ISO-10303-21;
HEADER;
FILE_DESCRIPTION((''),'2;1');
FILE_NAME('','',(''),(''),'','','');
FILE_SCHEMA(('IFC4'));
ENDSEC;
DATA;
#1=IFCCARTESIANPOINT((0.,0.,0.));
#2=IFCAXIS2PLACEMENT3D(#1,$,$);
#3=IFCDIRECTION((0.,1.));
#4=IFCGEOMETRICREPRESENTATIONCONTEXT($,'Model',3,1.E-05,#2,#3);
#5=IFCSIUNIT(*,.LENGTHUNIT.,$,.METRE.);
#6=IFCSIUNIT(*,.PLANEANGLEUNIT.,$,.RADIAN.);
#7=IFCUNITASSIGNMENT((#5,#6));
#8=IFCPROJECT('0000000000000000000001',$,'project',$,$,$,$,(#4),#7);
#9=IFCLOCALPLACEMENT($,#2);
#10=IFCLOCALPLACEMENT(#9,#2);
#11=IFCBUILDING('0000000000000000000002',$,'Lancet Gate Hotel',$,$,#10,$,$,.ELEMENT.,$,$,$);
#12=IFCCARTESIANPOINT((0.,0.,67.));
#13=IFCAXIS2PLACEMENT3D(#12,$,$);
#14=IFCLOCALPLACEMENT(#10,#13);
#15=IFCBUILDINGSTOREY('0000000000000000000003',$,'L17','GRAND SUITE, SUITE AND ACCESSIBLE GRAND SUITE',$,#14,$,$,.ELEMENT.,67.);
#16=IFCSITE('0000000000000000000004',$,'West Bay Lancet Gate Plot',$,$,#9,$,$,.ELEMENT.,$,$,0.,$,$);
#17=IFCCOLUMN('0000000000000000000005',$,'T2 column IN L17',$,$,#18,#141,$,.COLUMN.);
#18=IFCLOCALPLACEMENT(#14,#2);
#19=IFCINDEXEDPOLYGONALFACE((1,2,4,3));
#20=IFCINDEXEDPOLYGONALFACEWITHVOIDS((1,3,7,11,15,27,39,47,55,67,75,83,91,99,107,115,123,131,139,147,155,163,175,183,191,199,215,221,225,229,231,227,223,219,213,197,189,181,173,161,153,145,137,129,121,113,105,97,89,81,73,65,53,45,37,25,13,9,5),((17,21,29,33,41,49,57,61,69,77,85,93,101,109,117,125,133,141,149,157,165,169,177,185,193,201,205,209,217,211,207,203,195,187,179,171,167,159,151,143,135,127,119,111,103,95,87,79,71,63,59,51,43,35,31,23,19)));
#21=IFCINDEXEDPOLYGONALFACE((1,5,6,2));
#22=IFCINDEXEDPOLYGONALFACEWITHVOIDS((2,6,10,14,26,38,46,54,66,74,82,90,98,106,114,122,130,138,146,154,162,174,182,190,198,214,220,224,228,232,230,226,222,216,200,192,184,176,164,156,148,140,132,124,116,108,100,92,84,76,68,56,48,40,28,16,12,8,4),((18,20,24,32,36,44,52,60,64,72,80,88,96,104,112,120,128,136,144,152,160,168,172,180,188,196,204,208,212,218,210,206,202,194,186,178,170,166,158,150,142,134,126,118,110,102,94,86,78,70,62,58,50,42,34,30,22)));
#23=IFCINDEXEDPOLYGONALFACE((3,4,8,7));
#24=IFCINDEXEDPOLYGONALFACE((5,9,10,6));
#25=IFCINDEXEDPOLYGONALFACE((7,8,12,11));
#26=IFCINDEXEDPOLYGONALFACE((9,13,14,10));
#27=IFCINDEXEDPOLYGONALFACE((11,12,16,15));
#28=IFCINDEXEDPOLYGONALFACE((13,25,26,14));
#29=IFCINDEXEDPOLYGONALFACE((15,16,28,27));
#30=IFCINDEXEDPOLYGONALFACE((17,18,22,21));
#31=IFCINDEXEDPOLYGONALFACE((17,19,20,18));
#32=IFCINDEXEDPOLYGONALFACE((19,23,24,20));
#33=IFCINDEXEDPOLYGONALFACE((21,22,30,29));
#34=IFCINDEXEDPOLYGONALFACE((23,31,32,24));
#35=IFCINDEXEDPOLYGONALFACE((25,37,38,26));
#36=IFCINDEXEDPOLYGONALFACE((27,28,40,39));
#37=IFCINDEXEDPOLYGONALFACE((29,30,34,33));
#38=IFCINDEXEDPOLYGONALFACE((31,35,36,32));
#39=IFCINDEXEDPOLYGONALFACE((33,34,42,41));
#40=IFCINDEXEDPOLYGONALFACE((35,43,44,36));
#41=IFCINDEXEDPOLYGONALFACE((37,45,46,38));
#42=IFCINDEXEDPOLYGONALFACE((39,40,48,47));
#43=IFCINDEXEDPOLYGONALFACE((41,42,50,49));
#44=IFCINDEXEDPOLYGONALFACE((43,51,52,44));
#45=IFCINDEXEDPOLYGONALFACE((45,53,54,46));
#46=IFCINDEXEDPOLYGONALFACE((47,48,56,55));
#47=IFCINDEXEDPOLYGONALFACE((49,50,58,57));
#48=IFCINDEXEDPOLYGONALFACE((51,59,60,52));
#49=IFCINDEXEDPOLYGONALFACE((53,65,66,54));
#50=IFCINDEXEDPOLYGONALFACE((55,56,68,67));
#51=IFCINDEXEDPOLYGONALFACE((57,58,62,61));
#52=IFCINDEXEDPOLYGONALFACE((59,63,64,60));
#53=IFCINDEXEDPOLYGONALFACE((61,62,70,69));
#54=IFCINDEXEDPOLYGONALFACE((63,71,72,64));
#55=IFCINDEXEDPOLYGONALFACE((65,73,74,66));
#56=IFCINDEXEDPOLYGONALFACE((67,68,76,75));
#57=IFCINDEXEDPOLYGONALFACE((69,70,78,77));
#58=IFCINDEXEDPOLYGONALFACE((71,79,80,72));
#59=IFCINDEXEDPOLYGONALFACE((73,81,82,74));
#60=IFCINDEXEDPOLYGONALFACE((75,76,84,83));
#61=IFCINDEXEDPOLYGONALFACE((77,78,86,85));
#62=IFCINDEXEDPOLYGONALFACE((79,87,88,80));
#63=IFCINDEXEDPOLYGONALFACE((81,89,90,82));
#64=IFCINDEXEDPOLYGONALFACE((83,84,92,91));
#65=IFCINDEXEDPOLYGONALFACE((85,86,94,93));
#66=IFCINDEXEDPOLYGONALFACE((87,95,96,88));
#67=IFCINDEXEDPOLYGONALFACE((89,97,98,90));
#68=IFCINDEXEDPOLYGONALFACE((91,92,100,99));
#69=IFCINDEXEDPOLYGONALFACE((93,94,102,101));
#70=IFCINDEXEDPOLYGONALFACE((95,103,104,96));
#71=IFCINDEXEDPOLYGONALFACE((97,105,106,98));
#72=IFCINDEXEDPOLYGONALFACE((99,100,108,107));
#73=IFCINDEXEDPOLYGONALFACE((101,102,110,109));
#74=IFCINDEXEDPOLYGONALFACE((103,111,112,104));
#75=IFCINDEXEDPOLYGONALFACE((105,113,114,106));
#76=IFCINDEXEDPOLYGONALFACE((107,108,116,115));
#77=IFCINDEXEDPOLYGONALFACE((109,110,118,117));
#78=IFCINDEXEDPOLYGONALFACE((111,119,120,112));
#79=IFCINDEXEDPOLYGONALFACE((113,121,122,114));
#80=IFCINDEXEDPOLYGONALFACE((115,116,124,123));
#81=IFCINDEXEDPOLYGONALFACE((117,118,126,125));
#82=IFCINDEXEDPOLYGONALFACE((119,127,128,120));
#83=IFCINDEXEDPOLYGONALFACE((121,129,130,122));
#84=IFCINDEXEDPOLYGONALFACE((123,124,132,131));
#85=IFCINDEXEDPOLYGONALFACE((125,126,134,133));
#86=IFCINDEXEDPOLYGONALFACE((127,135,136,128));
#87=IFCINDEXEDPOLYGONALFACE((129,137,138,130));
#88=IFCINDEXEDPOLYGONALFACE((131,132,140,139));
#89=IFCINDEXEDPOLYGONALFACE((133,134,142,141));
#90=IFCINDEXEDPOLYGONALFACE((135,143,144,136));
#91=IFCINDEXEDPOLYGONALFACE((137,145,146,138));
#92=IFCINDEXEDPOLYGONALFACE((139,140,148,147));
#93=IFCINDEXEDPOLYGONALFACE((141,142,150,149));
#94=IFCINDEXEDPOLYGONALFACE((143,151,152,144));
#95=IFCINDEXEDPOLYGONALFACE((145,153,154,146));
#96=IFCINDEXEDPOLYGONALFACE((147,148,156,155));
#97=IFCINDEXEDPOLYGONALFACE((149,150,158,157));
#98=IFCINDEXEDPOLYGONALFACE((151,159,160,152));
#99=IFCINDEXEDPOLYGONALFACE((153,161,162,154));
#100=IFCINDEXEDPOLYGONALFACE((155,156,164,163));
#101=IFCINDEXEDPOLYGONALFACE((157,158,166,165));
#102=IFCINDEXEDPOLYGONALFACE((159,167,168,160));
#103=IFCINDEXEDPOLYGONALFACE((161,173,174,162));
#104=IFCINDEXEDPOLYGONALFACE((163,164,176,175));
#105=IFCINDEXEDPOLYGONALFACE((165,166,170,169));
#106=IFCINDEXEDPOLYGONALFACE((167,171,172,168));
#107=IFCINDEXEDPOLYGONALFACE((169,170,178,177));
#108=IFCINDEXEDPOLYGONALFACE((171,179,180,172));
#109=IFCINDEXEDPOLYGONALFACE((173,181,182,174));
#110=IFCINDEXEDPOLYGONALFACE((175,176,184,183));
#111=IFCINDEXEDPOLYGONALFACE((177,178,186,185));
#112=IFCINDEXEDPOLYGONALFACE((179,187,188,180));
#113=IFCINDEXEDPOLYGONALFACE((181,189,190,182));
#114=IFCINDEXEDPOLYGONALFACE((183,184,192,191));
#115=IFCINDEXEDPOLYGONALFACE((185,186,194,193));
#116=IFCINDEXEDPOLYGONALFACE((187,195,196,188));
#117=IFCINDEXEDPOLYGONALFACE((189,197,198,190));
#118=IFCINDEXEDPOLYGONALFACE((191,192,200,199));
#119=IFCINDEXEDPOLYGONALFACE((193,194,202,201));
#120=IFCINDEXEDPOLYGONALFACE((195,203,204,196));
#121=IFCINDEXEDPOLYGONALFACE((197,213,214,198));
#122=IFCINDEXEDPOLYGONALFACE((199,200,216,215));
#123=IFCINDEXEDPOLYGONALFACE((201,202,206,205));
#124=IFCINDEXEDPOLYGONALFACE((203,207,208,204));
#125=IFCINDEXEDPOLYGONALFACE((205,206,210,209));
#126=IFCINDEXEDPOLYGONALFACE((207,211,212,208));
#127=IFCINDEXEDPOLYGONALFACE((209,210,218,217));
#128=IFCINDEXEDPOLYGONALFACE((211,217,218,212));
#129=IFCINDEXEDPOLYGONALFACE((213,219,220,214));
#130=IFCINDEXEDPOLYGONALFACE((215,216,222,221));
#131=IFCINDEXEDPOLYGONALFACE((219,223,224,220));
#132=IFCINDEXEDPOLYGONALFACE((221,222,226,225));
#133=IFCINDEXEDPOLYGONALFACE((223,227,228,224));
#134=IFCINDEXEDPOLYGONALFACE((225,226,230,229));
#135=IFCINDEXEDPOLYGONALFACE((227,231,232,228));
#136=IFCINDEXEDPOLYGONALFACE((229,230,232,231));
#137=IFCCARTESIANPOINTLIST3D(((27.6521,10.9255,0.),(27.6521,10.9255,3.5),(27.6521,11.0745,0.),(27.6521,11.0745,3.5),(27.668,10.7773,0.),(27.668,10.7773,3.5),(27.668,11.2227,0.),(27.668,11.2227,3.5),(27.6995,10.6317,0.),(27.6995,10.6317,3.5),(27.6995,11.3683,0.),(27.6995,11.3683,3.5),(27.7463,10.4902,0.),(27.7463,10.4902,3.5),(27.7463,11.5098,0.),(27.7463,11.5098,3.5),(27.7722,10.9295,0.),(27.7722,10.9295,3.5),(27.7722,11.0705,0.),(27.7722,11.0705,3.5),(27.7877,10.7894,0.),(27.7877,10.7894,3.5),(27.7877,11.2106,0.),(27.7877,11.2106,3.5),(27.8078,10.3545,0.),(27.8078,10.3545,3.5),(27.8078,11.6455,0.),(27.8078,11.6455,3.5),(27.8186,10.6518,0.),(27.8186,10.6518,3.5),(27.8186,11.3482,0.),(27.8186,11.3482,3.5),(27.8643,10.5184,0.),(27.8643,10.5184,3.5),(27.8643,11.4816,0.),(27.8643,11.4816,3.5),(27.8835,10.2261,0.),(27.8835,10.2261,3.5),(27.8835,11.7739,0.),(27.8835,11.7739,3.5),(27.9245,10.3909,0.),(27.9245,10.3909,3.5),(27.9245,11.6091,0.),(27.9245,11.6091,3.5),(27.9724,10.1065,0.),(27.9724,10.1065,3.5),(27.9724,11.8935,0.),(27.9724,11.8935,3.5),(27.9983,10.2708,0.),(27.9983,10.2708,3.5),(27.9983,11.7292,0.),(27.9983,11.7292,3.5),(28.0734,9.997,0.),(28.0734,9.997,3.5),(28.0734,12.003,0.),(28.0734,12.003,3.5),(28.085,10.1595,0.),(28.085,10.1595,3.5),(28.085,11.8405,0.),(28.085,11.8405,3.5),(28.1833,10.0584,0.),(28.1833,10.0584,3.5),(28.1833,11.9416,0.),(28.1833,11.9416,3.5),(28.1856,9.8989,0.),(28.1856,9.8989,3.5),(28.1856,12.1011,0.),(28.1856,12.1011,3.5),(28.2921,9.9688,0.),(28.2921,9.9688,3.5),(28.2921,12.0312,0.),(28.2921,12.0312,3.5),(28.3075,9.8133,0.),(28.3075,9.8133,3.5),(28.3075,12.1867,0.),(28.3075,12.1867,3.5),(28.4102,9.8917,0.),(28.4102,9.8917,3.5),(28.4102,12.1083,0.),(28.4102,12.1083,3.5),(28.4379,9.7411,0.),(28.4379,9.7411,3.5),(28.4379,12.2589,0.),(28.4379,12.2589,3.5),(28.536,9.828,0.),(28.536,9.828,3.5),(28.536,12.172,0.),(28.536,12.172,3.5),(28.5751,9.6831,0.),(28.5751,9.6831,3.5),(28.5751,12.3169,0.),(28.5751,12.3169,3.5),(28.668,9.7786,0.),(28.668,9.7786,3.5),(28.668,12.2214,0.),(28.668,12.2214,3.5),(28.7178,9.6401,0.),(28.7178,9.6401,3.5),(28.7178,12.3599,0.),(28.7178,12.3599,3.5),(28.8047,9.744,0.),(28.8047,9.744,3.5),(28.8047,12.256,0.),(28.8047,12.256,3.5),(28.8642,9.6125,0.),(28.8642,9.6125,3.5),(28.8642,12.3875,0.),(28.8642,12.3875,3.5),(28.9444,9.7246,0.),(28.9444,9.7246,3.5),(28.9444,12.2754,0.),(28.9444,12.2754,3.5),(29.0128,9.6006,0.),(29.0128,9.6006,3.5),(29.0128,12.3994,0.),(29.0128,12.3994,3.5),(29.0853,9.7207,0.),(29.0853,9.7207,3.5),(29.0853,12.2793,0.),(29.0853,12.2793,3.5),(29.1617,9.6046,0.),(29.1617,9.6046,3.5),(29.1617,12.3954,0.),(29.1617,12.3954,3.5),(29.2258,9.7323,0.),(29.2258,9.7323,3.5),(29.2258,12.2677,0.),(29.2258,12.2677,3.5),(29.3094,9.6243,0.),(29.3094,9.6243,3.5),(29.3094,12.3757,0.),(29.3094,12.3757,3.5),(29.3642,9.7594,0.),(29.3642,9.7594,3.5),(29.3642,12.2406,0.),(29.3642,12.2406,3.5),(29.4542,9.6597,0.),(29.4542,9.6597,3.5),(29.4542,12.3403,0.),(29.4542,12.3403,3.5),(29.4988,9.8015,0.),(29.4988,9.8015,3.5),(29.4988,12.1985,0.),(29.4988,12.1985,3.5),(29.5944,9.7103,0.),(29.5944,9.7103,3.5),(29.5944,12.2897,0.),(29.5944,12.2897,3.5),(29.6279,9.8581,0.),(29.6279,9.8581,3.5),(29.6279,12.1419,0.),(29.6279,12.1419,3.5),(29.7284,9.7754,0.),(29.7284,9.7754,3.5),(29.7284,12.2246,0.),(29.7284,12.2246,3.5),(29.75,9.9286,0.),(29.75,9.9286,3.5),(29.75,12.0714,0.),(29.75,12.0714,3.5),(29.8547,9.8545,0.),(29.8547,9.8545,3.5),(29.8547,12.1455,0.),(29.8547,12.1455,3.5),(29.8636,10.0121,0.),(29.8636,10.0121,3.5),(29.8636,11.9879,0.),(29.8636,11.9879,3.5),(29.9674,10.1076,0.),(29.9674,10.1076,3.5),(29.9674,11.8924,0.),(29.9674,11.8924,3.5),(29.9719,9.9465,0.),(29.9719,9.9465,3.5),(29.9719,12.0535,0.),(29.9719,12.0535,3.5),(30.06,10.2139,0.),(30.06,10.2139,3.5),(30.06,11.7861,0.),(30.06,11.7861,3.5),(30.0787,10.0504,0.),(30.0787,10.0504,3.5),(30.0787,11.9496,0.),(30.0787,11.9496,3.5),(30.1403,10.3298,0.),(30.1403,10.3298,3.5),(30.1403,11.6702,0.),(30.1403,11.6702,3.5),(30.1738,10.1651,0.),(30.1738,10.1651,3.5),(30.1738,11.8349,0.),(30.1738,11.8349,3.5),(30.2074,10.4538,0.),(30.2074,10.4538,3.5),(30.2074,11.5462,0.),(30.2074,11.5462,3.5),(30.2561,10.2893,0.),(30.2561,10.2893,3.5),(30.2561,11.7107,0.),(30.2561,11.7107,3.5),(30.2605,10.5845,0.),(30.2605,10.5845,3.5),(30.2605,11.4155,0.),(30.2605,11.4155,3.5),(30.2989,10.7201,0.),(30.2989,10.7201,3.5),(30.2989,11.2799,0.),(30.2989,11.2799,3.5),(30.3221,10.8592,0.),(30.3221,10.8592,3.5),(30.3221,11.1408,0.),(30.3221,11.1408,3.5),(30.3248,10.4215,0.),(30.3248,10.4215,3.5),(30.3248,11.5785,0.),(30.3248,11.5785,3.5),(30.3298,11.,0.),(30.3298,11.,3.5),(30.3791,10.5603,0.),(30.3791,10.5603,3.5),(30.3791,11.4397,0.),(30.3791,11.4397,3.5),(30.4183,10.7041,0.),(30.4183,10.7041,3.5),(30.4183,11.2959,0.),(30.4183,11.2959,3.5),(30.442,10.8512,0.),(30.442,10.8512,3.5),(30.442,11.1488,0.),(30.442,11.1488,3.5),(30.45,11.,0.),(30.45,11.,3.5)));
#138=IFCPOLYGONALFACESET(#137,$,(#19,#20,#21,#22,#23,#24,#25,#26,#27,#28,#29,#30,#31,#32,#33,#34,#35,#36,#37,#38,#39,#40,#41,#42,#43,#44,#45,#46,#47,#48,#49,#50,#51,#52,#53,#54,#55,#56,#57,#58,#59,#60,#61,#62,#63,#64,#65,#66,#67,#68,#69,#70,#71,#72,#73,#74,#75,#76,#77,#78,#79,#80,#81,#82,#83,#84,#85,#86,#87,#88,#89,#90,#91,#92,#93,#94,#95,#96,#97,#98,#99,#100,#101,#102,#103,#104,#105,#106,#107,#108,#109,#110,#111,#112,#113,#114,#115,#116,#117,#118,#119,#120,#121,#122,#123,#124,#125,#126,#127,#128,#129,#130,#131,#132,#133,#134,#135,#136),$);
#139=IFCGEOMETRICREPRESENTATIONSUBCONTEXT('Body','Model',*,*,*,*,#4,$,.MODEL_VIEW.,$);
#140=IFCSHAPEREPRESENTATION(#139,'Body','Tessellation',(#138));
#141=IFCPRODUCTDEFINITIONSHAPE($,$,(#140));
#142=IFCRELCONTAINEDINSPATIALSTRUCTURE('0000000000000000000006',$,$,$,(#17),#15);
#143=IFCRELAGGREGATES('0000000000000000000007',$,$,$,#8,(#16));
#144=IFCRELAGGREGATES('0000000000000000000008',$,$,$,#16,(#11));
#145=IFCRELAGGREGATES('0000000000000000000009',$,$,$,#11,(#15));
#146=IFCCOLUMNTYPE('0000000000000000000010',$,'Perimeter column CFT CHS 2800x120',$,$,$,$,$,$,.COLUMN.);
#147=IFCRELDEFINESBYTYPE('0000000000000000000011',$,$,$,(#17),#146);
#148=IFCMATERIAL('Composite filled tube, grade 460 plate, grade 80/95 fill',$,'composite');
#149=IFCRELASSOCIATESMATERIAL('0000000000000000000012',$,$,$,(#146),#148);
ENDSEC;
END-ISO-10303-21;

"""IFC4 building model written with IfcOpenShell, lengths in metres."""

from ifc_helpers import new_model, si_unit, direction, frame, origin, origin_2d, place, context, subcontext, project, spatial, hollow_circle, extrude, material, material_profile, profile_set, type_object, element, save


model = new_model("IFC4")

# Units and contexts
model_context = context("Model", 3, precision=1e-05, world=origin(), true_north=direction((0.0, 1.0)))
body_context = subcontext(model_context, "Body", "Model", "MODEL_VIEW")
ifc_project = project(units=[si_unit("LENGTHUNIT", "METRE"), si_unit("PLANEANGLEUNIT", "RADIAN")], contexts=[model_context])

# Site, building, storey
site_placement = place(None, origin())
site = spatial("IfcSite", under=ifc_project, at=site_placement, Name="West Bay Lancet Gate Plot", CompositionType="ELEMENT", RefElevation=0.0)
building_placement = place(site_placement, origin())
building = spatial("IfcBuilding", under=site, at=building_placement, Name="Lancet Gate Hotel", CompositionType="ELEMENT")
storey_placement = place(building_placement, frame((0.0, 0.0, 67.0)))
storey = spatial("IfcBuildingStorey", under=building, at=storey_placement, Name="L17", Description="GRAND SUITE, SUITE AND ACCESSIBLE GRAND SUITE", CompositionType="ELEMENT", Elevation=67.0)

# Column
ifc_material_1 = material(Name="Composite filled tube, grade 460 plate, grade 80/95 fill", Category="composite")
ifc_material_profile_1 = material_profile(ifc_material_1, hollow_circle(Radius=1.3999, WallThickness=0.1201, at=origin_2d()), Name="CHS 2800x120")
ifc_profile_set_1 = profile_set([ifc_material_profile_1], Name="Composite filled tube, grade 460 plate, grade 80/95 fill")
column_type = type_object("IfcColumnType", Name="Perimeter column CFT CHS 2800x120", PredefinedType="COLUMN", material=ifc_profile_set_1)
for number, where, z_axis, x_axis, name in (
    (1, (29.05, 11.0, 0.0), (0.0, 0.0, 1.0), (1.0, 0.0, 0.0), "T2 column IN L17"),
):
    element("IfcColumn", number, at=place(storey_placement, frame(where, z_axis=z_axis, x_axis=x_axis)), inside=storey, type_object=column_type, Name=name, PredefinedType="COLUMN", context=body_context, shape_type="SweptSolid", body=[
        extrude(hollow_circle(Radius=1.3999, WallThickness=0.1201, at=origin_2d()), origin(), (0.0, 0.0, 1.0), 3.5),
    ])

save(model, "model.ifc")
